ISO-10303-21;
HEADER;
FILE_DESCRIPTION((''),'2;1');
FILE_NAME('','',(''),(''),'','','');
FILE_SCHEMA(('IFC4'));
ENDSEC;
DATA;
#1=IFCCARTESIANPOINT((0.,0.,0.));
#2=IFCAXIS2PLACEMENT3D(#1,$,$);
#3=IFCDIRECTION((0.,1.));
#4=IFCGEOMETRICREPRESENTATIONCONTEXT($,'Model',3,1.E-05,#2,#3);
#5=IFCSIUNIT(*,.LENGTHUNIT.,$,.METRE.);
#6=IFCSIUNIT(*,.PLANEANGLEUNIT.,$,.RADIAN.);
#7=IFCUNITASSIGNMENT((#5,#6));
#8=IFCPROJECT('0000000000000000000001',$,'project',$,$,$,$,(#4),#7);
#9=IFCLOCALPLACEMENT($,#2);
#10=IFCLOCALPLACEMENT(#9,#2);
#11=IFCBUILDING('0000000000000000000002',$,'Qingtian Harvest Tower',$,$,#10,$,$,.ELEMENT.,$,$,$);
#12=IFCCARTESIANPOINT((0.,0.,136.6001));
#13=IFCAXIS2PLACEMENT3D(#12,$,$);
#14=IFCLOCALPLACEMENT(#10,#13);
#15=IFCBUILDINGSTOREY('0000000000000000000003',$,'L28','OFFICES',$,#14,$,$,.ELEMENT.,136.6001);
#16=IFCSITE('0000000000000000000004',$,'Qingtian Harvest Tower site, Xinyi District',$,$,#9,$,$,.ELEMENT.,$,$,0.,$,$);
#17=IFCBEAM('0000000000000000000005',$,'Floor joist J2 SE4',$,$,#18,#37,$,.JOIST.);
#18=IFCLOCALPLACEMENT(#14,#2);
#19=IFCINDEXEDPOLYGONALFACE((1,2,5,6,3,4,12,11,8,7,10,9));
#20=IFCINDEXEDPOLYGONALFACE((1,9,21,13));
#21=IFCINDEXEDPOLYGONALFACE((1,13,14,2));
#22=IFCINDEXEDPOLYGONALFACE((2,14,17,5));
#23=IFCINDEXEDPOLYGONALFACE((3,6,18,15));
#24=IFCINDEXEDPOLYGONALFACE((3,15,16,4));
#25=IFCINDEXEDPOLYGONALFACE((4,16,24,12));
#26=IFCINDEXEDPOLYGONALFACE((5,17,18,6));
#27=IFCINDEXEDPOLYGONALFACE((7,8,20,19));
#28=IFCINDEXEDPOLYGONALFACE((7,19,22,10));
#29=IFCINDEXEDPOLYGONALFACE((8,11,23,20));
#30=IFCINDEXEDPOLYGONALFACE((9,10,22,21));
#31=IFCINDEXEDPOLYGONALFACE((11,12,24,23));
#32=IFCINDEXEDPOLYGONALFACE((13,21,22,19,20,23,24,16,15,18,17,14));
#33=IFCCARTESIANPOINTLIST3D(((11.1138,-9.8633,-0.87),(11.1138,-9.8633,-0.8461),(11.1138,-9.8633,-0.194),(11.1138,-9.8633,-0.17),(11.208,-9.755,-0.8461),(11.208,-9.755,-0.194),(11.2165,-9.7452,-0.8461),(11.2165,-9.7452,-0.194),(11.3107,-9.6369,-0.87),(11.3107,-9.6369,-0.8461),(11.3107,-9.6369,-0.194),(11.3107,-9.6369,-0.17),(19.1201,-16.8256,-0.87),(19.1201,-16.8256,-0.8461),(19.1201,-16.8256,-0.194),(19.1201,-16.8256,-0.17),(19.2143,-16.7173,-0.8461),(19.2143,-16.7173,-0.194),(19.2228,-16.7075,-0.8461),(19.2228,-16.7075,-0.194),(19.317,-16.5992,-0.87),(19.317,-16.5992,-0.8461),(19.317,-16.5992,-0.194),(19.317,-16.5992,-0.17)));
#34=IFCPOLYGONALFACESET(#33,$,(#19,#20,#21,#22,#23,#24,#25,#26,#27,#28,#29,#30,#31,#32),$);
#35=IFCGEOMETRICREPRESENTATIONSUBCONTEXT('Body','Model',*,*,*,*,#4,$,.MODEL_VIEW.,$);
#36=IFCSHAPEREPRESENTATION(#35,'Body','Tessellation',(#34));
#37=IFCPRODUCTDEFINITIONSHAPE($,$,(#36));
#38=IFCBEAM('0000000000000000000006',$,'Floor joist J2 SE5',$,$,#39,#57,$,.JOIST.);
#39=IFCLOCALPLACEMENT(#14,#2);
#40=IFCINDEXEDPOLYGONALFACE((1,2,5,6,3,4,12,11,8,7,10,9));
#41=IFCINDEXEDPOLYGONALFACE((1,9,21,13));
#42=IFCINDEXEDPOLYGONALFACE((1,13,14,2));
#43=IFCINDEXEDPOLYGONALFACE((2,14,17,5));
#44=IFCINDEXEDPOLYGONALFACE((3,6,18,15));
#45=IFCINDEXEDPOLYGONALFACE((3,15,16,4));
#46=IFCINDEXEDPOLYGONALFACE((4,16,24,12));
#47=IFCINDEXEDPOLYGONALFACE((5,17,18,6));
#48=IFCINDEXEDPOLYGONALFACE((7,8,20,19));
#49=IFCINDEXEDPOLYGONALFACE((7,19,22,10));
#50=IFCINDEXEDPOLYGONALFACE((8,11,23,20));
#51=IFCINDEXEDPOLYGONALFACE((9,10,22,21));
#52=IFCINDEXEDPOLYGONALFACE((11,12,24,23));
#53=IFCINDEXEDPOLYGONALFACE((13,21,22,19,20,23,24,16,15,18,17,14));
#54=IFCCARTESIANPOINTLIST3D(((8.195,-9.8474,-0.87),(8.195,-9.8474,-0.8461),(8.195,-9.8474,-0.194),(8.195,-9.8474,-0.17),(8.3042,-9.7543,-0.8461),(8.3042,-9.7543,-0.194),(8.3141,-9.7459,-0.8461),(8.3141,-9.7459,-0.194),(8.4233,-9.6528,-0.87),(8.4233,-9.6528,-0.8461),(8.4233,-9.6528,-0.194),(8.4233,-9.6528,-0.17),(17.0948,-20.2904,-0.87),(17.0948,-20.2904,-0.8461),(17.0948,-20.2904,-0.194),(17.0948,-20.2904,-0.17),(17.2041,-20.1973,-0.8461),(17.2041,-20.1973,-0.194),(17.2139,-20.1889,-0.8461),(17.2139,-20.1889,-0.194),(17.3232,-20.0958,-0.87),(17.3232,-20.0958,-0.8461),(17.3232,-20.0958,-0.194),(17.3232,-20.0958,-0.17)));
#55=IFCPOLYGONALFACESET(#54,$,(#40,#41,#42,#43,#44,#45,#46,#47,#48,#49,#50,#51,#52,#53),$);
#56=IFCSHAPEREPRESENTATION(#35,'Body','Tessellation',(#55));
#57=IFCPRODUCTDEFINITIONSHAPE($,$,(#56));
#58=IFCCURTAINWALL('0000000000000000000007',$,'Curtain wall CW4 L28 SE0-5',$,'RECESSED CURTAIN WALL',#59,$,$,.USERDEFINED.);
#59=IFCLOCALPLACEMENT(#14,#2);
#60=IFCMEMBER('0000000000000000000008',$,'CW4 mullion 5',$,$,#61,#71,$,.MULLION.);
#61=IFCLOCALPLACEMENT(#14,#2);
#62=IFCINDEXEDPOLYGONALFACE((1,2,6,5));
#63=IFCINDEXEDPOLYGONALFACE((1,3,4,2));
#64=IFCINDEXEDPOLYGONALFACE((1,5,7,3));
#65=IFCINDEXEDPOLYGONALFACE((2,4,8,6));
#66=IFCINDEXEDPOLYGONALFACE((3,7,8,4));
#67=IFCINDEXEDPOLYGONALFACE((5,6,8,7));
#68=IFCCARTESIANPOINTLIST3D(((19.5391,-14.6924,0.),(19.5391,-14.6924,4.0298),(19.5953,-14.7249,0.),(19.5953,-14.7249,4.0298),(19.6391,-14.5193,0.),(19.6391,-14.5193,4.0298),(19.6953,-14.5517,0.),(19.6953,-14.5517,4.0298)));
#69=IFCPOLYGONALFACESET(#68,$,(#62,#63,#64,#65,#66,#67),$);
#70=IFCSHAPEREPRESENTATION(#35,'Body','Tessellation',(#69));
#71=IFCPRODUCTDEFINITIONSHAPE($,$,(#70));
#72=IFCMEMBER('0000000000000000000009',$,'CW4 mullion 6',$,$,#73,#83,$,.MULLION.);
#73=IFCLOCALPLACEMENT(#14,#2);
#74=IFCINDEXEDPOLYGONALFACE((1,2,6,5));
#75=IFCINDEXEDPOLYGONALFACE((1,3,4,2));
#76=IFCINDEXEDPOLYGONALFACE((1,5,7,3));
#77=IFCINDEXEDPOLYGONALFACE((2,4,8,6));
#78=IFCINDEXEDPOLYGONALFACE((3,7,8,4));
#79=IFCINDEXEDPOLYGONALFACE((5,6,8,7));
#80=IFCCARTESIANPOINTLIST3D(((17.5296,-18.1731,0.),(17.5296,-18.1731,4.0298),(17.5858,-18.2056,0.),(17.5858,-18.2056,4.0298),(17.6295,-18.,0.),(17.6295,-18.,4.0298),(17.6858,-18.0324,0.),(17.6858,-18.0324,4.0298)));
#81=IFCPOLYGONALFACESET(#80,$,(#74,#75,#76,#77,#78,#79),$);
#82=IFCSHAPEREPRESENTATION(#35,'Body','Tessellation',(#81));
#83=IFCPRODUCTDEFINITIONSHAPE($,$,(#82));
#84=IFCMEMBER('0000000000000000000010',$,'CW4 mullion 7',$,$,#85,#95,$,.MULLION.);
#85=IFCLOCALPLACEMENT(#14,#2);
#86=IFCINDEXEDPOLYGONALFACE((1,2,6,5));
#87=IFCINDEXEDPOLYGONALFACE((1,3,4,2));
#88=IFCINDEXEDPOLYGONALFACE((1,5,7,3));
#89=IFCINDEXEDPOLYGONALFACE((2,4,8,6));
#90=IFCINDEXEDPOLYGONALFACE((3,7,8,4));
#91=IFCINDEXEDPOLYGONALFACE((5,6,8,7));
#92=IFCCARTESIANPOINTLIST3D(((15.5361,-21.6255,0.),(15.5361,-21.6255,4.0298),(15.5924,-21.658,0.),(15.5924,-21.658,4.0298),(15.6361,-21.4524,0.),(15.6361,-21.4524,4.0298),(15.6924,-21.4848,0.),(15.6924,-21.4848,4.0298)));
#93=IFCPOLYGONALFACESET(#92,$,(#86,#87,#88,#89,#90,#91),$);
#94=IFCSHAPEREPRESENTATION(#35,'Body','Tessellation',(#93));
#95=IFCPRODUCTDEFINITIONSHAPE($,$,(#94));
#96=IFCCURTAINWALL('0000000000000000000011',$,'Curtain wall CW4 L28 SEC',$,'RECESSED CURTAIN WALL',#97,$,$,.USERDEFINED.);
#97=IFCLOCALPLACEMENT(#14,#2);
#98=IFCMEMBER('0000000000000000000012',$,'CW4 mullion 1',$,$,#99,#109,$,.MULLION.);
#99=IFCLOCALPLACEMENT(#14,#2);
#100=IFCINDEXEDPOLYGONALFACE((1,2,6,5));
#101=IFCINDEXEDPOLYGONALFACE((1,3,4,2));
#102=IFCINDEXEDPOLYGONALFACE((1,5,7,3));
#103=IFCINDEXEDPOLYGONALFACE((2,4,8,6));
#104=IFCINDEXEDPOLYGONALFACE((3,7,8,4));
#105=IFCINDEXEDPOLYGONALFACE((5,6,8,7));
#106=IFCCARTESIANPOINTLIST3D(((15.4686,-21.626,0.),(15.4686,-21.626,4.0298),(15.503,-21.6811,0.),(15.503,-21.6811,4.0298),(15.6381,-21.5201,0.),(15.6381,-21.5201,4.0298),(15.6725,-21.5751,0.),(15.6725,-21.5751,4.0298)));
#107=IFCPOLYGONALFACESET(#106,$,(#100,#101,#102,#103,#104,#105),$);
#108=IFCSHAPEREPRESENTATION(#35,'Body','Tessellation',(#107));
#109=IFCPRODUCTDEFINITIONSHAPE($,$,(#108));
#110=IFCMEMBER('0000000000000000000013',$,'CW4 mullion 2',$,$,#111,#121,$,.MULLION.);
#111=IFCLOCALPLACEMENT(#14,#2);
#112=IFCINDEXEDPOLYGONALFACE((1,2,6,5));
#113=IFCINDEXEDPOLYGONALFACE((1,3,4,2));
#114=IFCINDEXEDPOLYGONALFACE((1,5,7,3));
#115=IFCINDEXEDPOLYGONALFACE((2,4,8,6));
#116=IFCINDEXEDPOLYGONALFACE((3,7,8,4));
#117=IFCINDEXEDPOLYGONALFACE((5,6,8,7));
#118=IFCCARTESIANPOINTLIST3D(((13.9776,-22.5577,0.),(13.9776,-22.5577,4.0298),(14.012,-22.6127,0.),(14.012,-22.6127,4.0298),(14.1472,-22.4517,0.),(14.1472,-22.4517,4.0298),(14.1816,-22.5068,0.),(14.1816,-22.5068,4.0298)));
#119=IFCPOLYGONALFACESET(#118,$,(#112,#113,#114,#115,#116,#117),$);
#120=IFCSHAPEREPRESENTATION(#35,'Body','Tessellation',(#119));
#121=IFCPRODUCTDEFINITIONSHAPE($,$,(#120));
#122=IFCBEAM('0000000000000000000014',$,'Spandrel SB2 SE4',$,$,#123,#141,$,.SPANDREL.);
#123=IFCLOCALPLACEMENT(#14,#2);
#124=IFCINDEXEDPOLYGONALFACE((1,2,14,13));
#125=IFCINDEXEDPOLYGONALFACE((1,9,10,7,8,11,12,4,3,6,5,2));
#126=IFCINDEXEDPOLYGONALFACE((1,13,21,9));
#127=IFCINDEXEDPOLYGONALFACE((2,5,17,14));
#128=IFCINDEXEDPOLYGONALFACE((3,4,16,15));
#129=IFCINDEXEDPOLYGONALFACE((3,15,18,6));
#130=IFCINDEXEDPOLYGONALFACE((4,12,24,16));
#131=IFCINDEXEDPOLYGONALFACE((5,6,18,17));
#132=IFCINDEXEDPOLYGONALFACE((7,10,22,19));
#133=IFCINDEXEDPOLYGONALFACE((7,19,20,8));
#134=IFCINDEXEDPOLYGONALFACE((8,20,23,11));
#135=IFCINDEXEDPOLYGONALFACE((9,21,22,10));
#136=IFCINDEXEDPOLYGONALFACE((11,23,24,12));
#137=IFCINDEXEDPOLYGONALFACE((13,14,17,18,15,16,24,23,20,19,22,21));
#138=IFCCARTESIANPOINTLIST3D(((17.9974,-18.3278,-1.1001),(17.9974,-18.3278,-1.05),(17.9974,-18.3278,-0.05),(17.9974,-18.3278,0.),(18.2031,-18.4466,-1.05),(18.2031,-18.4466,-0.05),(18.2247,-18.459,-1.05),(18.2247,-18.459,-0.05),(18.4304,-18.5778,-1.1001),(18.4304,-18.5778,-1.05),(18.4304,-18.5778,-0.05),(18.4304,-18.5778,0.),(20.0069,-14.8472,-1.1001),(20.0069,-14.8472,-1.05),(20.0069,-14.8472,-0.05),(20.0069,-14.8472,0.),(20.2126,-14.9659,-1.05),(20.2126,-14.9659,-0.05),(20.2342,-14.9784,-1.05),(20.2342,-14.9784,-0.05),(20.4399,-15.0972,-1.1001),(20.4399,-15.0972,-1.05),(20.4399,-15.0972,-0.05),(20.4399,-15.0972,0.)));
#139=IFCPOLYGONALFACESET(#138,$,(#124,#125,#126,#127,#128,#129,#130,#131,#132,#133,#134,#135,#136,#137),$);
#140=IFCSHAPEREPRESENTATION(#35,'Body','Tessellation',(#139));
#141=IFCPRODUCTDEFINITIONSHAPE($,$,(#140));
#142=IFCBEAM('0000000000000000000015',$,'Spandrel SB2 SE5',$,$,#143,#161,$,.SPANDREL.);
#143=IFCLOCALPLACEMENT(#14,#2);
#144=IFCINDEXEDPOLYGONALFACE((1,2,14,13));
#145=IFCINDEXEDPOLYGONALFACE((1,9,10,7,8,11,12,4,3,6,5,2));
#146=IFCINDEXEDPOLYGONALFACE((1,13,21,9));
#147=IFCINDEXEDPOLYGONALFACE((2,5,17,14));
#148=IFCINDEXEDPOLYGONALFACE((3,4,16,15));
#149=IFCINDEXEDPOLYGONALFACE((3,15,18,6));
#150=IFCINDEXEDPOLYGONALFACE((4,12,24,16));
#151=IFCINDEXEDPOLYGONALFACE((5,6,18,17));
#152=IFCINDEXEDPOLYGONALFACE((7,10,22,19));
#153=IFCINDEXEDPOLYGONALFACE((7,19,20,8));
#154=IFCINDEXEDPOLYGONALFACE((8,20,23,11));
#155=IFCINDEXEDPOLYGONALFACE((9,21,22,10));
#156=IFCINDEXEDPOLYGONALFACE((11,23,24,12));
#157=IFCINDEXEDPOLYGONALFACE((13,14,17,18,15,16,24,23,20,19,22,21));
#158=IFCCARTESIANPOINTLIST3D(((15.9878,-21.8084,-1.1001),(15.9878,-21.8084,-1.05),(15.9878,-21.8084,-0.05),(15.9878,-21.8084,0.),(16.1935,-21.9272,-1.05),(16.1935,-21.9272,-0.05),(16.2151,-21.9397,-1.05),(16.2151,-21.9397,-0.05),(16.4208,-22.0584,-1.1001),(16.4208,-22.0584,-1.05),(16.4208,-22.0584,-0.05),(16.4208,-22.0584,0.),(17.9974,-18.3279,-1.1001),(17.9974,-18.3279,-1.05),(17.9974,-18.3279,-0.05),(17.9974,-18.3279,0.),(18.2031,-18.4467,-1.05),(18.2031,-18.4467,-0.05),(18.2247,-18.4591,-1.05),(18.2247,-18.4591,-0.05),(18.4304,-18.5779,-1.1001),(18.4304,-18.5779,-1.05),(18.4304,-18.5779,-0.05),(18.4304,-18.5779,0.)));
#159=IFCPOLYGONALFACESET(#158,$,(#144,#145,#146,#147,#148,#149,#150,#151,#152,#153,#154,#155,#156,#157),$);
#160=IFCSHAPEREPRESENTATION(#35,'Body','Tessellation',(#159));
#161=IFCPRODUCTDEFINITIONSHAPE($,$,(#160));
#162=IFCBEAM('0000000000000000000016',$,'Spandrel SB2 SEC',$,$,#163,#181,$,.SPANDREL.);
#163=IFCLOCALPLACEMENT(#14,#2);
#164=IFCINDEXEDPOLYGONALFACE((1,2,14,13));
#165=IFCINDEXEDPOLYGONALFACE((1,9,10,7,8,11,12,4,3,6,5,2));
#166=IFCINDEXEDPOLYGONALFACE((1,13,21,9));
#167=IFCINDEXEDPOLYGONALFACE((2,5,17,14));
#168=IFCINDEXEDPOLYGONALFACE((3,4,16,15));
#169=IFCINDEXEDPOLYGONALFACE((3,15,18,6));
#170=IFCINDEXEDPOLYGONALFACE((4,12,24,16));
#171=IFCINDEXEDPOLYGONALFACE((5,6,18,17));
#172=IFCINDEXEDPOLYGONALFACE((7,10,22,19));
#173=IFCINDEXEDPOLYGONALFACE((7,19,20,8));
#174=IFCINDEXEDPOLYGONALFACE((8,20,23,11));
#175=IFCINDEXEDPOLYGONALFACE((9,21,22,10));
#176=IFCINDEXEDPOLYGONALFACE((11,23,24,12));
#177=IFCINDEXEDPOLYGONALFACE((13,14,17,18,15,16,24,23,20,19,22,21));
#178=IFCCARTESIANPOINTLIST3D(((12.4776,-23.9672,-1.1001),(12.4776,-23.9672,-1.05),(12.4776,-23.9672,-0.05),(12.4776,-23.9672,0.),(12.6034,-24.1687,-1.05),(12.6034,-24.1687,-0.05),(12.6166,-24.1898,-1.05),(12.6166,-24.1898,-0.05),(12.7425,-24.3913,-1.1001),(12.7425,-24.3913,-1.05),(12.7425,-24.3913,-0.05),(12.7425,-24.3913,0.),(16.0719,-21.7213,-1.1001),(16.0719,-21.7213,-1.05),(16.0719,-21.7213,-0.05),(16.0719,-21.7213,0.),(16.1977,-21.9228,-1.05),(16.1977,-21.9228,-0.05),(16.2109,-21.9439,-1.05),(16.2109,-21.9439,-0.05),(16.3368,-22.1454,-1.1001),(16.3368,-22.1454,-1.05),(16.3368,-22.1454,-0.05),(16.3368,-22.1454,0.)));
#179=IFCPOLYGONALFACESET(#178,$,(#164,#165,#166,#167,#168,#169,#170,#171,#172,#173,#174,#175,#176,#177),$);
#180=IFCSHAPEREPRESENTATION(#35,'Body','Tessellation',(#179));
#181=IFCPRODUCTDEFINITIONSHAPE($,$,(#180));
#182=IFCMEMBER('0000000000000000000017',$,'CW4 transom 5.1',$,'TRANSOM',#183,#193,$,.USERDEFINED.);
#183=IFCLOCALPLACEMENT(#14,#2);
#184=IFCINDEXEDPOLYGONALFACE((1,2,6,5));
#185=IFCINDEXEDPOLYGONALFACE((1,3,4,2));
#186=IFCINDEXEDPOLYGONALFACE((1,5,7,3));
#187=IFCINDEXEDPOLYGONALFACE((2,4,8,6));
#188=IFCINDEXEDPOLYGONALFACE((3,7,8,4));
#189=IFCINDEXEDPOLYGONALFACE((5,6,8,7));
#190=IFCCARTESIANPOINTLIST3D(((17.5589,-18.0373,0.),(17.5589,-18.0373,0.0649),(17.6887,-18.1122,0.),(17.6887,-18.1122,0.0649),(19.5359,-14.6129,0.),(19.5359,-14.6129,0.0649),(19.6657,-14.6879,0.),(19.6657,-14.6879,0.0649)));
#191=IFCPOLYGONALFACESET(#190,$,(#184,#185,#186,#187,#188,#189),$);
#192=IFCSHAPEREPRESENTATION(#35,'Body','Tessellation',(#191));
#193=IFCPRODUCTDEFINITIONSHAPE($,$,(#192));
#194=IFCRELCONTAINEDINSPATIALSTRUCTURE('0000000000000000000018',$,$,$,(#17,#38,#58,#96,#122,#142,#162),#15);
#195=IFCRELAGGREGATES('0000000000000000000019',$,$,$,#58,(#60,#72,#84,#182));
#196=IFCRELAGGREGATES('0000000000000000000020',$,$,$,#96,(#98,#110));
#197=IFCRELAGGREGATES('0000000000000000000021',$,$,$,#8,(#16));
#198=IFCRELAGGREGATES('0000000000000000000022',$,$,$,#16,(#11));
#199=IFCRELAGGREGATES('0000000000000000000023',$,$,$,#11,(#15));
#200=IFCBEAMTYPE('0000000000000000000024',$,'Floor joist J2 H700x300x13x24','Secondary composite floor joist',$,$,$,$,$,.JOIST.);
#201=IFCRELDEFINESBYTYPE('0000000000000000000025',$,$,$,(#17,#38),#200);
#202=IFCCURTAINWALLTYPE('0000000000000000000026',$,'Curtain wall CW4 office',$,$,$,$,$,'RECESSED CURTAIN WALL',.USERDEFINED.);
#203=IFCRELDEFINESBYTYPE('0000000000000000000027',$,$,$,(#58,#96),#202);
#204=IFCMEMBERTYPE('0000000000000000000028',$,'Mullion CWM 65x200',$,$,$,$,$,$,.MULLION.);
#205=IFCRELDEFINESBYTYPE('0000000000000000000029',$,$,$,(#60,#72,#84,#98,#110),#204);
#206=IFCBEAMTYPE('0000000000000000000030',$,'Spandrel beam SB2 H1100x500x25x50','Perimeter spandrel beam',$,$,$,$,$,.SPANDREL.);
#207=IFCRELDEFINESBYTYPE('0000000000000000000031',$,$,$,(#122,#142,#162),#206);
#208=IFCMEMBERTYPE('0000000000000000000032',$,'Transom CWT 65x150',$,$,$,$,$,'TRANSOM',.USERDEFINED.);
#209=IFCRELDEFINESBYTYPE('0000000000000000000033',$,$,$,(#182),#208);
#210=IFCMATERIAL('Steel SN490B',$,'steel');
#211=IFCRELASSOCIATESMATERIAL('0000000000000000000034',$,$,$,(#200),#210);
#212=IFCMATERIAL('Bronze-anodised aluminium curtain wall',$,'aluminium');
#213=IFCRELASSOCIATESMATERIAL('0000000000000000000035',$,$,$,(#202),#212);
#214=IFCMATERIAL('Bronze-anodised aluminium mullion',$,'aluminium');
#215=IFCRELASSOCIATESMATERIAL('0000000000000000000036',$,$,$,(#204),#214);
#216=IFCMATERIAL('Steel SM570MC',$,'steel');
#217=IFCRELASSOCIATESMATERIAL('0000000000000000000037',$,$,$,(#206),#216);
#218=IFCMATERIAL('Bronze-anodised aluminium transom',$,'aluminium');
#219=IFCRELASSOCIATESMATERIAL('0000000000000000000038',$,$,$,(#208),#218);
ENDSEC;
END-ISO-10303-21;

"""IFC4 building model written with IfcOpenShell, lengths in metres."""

from ifc_helpers import new_model, si_unit, direction, frame, origin, origin_2d, place, context, subcontext, project, spatial, rectangle, i_section, extrude, material, material_profile, profile_set, type_object, element, aggregate, save


model = new_model("IFC4")

# Units and contexts
model_context = context("Model", 3, precision=1e-05, world=origin(), true_north=direction((0.0, 1.0)))
body_context = subcontext(model_context, "Body", "Model", "MODEL_VIEW")
ifc_project = project(units=[si_unit("LENGTHUNIT", "METRE"), si_unit("PLANEANGLEUNIT", "RADIAN")], contexts=[model_context])

# Site, building, storey
site_placement = place(None, origin())
site = spatial("IfcSite", under=ifc_project, at=site_placement, Name="Qingtian Harvest Tower site, Xinyi District", CompositionType="ELEMENT", RefElevation=0.0)
building_placement = place(site_placement, origin())
building = spatial("IfcBuilding", under=site, at=building_placement, Name="Qingtian Harvest Tower", CompositionType="ELEMENT")
storey_placement = place(building_placement, frame((0.0, 0.0, 136.6001)))
storey = spatial("IfcBuildingStorey", under=building, at=storey_placement, Name="L28", Description="OFFICES", CompositionType="ELEMENT", Elevation=136.6001)

# Beams
ifc_material_1 = material(Name="Steel SN490B", Category="steel")
ifc_material_profile_1 = material_profile(ifc_material_1, i_section(OverallWidth=0.3, OverallDepth=0.7, WebThickness=0.0129, FlangeThickness=0.0239, at=origin_2d()), Name="H700x300x13x24")
ifc_profile_set_1 = profile_set([ifc_material_profile_1], Name="Steel SN490B")
beam_type_1 = type_object("IfcBeamType", Name="Floor joist J2 H700x300x13x24", Description="Secondary composite floor joist", PredefinedType="JOIST", material=ifc_profile_set_1)
beam_1_placement = place(storey_placement, frame((19.2185, -16.7124, -0.52), z_axis=(-0.754589, 0.656198, 0.0), x_axis=(-0.656198, -0.754589, 0.0)))
element("IfcBeam", 1, at=beam_1_placement, inside=storey, type_object=beam_type_1, Name="Floor joist J2 SE4", PredefinedType="JOIST", context=body_context, shape_type="SweptSolid", body=[
    extrude(i_section(OverallWidth=0.3, OverallDepth=0.7, WebThickness=0.0129, FlangeThickness=0.0239, at=origin_2d()), origin(), (0.0, 0.0, 1.0), 10.6101),
])
beam_2_placement = place(storey_placement, frame((17.209, -20.1931, -0.52), z_axis=(-0.648632, 0.761102, 0.0), x_axis=(-0.761102, -0.648632, 0.0)))
element("IfcBeam", 2, at=beam_2_placement, inside=storey, type_object=beam_type_1, Name="Floor joist J2 SE5", PredefinedType="JOIST", context=body_context, shape_type="SweptSolid", body=[
    extrude(i_section(OverallWidth=0.3, OverallDepth=0.7, WebThickness=0.0129, FlangeThickness=0.0239, at=origin_2d()), origin(), (0.0, 0.0, 1.0), 13.7209),
])

# Curtain walls, members
ifc_material_2 = material(Name="Bronze-anodised aluminium curtain wall", Category="aluminium")
curtain_wall_type = type_object("IfcCurtainWallType", Name="Curtain wall CW4 office", ElementType="RECESSED CURTAIN WALL", PredefinedType="USERDEFINED", material=ifc_material_2)
curtain_wall_1_placement = place(storey_placement, origin())
curtain_wall_1 = element("IfcCurtainWall", 3, at=curtain_wall_1_placement, inside=storey, type_object=curtain_wall_type, Name="Curtain wall CW4 L28 SE0-5", ObjectType="RECESSED CURTAIN WALL", PredefinedType="USERDEFINED")
ifc_material_3 = material(Name="Bronze-anodised aluminium mullion", Category="aluminium")
ifc_material_profile_2 = material_profile(ifc_material_3, rectangle(XDim=0.0649, YDim=0.2, at=origin_2d()), Name="AL 65x200")
ifc_profile_set_2 = profile_set([ifc_material_profile_2], Name="Bronze-anodised aluminium mullion")
member_type_1 = type_object("IfcMemberType", Name="Mullion CWM 65x200", PredefinedType="MULLION", material=ifc_profile_set_2)
member_1_placement = place(storey_placement, frame((19.6172, -14.6221, 0.0), z_axis=(0.0, 0.0, 1.0), x_axis=(0.866025, -0.5, 0.0)))
member_1 = element("IfcMember", 4, at=member_1_placement, type_object=member_type_1, Name="CW4 mullion 5", PredefinedType="MULLION", context=body_context, shape_type="SweptSolid", body=[
    extrude(rectangle(XDim=0.0649, YDim=0.2, at=origin_2d()), origin(), (0.0, 0.0, 1.0), 4.0298),
])
member_2_placement = place(storey_placement, frame((17.6077, -18.1028, 0.0), z_axis=(0.0, 0.0, 1.0), x_axis=(0.866025, -0.5, 0.0)))
member_2 = element("IfcMember", 5, at=member_2_placement, type_object=member_type_1, Name="CW4 mullion 6", PredefinedType="MULLION", context=body_context, shape_type="SweptSolid", body=[
    extrude(rectangle(XDim=0.0649, YDim=0.2, at=origin_2d()), origin(), (0.0, 0.0, 1.0), 4.0298),
])
member_3_placement = place(storey_placement, frame((15.6143, -21.5552, 0.0), z_axis=(0.0, 0.0, 1.0), x_axis=(0.866025, -0.5, 0.0)))
member_3 = element("IfcMember", 6, at=member_3_placement, type_object=member_type_1, Name="CW4 mullion 7", PredefinedType="MULLION", context=body_context, shape_type="SweptSolid", body=[
    extrude(rectangle(XDim=0.0649, YDim=0.2, at=origin_2d()), origin(), (0.0, 0.0, 1.0), 4.0298),
])
curtain_wall_2_placement = place(storey_placement, origin())
curtain_wall_2 = element("IfcCurtainWall", 7, at=curtain_wall_2_placement, inside=storey, type_object=curtain_wall_type, Name="Curtain wall CW4 L28 SEC", ObjectType="RECESSED CURTAIN WALL", PredefinedType="USERDEFINED")
member_4_placement = place(storey_placement, frame((15.5706, -21.6006, 0.0), z_axis=(0.0, 0.0, 1.0), x_axis=(0.529919, -0.848048, 0.0)))
member_4 = element("IfcMember", 8, at=member_4_placement, type_object=member_type_1, Name="CW4 mullion 1", PredefinedType="MULLION", context=body_context, shape_type="SweptSolid", body=[
    extrude(rectangle(XDim=0.0649, YDim=0.2, at=origin_2d()), origin(), (0.0, 0.0, 1.0), 4.0298),
])
member_5_placement = place(storey_placement, frame((14.0796, -22.5322, 0.0), z_axis=(0.0, 0.0, 1.0), x_axis=(0.529919, -0.848048, 0.0)))
member_5 = element("IfcMember", 9, at=member_5_placement, type_object=member_type_1, Name="CW4 mullion 2", PredefinedType="MULLION", context=body_context, shape_type="SweptSolid", body=[
    extrude(rectangle(XDim=0.0649, YDim=0.2, at=origin_2d()), origin(), (0.0, 0.0, 1.0), 4.0298),
])

# Beams
ifc_material_4 = material(Name="Steel SM570MC", Category="steel")
ifc_material_profile_3 = material_profile(ifc_material_4, i_section(OverallWidth=0.5, OverallDepth=1.1001, WebThickness=0.0249, FlangeThickness=0.05, at=origin_2d()), Name="H1100x500x25x50")
ifc_profile_set_3 = profile_set([ifc_material_profile_3], Name="Steel SM570MC")
beam_type_2 = type_object("IfcBeamType", Name="Spandrel beam SB2 H1100x500x25x50", Description="Perimeter spandrel beam", PredefinedType="SPANDREL", material=ifc_profile_set_3)
for number, where, z_axis, x_axis, name in (
    (10, (20.2234, -14.9722, -0.55), (-0.499987, -0.866033, 0.0), (0.866033, -0.499987, 0.0), "Spandrel SB2 SE4"),
    (11, (18.2139, -18.4529, -0.55), (-0.500013, -0.866018, 0.0), (0.866018, -0.500013, 0.0), "Spandrel SB2 SE5"),
):
    element("IfcBeam", number, at=place(storey_placement, frame(where, z_axis=z_axis, x_axis=x_axis)), inside=storey, type_object=beam_type_2, Name=name, PredefinedType="SPANDREL", context=body_context, shape_type="SweptSolid", body=[
        extrude(i_section(OverallWidth=0.5, OverallDepth=1.1001, WebThickness=0.0249, FlangeThickness=0.05, at=origin_2d()), origin(), (0.0, 0.0, 1.0), 4.019),
    ])
beam_3_placement = place(storey_placement, frame((16.2043, -21.9333, -0.55), z_axis=(-0.848057, -0.529906, 0.0), x_axis=(0.529906, -0.848057, 0.0)))
element("IfcBeam", 12, at=beam_3_placement, inside=storey, type_object=beam_type_2, Name="Spandrel SB2 SEC", PredefinedType="SPANDREL", context=body_context, shape_type="SweptSolid", body=[
    extrude(i_section(OverallWidth=0.5, OverallDepth=1.1001, WebThickness=0.0249, FlangeThickness=0.05, at=origin_2d()), origin(), (0.0, 0.0, 1.0), 4.2383),
])

# Member
ifc_material_5 = material(Name="Bronze-anodised aluminium transom", Category="aluminium")
ifc_material_profile_4 = material_profile(ifc_material_5, rectangle(XDim=0.1499, YDim=0.0649, at=origin_2d()), Name="AL 65x150")
ifc_profile_set_4 = profile_set([ifc_material_profile_4], Name="Bronze-anodised aluminium transom")
member_type_2 = type_object("IfcMemberType", Name="Transom CWT 65x150", ElementType="TRANSOM", PredefinedType="USERDEFINED", material=ifc_profile_set_4)
member_6_placement = place(storey_placement, frame((19.6008, -14.6504, 0.0325), z_axis=(-0.500004, -0.866023, 0.0), x_axis=(0.866023, -0.500004, 0.0)))
member_6 = element("IfcMember", 13, at=member_6_placement, type_object=member_type_2, Name="CW4 transom 5.1", ObjectType="TRANSOM", PredefinedType="USERDEFINED", context=body_context, shape_type="SweptSolid", body=[
    extrude(rectangle(XDim=0.1499, YDim=0.0649, at=origin_2d()), origin(), (0.0, 0.0, 1.0), 3.9541),
])

aggregate(curtain_wall_1, [member_1, member_2, member_3, member_6])
aggregate(curtain_wall_2, [member_4, member_5])

save(model, "model.ifc")
